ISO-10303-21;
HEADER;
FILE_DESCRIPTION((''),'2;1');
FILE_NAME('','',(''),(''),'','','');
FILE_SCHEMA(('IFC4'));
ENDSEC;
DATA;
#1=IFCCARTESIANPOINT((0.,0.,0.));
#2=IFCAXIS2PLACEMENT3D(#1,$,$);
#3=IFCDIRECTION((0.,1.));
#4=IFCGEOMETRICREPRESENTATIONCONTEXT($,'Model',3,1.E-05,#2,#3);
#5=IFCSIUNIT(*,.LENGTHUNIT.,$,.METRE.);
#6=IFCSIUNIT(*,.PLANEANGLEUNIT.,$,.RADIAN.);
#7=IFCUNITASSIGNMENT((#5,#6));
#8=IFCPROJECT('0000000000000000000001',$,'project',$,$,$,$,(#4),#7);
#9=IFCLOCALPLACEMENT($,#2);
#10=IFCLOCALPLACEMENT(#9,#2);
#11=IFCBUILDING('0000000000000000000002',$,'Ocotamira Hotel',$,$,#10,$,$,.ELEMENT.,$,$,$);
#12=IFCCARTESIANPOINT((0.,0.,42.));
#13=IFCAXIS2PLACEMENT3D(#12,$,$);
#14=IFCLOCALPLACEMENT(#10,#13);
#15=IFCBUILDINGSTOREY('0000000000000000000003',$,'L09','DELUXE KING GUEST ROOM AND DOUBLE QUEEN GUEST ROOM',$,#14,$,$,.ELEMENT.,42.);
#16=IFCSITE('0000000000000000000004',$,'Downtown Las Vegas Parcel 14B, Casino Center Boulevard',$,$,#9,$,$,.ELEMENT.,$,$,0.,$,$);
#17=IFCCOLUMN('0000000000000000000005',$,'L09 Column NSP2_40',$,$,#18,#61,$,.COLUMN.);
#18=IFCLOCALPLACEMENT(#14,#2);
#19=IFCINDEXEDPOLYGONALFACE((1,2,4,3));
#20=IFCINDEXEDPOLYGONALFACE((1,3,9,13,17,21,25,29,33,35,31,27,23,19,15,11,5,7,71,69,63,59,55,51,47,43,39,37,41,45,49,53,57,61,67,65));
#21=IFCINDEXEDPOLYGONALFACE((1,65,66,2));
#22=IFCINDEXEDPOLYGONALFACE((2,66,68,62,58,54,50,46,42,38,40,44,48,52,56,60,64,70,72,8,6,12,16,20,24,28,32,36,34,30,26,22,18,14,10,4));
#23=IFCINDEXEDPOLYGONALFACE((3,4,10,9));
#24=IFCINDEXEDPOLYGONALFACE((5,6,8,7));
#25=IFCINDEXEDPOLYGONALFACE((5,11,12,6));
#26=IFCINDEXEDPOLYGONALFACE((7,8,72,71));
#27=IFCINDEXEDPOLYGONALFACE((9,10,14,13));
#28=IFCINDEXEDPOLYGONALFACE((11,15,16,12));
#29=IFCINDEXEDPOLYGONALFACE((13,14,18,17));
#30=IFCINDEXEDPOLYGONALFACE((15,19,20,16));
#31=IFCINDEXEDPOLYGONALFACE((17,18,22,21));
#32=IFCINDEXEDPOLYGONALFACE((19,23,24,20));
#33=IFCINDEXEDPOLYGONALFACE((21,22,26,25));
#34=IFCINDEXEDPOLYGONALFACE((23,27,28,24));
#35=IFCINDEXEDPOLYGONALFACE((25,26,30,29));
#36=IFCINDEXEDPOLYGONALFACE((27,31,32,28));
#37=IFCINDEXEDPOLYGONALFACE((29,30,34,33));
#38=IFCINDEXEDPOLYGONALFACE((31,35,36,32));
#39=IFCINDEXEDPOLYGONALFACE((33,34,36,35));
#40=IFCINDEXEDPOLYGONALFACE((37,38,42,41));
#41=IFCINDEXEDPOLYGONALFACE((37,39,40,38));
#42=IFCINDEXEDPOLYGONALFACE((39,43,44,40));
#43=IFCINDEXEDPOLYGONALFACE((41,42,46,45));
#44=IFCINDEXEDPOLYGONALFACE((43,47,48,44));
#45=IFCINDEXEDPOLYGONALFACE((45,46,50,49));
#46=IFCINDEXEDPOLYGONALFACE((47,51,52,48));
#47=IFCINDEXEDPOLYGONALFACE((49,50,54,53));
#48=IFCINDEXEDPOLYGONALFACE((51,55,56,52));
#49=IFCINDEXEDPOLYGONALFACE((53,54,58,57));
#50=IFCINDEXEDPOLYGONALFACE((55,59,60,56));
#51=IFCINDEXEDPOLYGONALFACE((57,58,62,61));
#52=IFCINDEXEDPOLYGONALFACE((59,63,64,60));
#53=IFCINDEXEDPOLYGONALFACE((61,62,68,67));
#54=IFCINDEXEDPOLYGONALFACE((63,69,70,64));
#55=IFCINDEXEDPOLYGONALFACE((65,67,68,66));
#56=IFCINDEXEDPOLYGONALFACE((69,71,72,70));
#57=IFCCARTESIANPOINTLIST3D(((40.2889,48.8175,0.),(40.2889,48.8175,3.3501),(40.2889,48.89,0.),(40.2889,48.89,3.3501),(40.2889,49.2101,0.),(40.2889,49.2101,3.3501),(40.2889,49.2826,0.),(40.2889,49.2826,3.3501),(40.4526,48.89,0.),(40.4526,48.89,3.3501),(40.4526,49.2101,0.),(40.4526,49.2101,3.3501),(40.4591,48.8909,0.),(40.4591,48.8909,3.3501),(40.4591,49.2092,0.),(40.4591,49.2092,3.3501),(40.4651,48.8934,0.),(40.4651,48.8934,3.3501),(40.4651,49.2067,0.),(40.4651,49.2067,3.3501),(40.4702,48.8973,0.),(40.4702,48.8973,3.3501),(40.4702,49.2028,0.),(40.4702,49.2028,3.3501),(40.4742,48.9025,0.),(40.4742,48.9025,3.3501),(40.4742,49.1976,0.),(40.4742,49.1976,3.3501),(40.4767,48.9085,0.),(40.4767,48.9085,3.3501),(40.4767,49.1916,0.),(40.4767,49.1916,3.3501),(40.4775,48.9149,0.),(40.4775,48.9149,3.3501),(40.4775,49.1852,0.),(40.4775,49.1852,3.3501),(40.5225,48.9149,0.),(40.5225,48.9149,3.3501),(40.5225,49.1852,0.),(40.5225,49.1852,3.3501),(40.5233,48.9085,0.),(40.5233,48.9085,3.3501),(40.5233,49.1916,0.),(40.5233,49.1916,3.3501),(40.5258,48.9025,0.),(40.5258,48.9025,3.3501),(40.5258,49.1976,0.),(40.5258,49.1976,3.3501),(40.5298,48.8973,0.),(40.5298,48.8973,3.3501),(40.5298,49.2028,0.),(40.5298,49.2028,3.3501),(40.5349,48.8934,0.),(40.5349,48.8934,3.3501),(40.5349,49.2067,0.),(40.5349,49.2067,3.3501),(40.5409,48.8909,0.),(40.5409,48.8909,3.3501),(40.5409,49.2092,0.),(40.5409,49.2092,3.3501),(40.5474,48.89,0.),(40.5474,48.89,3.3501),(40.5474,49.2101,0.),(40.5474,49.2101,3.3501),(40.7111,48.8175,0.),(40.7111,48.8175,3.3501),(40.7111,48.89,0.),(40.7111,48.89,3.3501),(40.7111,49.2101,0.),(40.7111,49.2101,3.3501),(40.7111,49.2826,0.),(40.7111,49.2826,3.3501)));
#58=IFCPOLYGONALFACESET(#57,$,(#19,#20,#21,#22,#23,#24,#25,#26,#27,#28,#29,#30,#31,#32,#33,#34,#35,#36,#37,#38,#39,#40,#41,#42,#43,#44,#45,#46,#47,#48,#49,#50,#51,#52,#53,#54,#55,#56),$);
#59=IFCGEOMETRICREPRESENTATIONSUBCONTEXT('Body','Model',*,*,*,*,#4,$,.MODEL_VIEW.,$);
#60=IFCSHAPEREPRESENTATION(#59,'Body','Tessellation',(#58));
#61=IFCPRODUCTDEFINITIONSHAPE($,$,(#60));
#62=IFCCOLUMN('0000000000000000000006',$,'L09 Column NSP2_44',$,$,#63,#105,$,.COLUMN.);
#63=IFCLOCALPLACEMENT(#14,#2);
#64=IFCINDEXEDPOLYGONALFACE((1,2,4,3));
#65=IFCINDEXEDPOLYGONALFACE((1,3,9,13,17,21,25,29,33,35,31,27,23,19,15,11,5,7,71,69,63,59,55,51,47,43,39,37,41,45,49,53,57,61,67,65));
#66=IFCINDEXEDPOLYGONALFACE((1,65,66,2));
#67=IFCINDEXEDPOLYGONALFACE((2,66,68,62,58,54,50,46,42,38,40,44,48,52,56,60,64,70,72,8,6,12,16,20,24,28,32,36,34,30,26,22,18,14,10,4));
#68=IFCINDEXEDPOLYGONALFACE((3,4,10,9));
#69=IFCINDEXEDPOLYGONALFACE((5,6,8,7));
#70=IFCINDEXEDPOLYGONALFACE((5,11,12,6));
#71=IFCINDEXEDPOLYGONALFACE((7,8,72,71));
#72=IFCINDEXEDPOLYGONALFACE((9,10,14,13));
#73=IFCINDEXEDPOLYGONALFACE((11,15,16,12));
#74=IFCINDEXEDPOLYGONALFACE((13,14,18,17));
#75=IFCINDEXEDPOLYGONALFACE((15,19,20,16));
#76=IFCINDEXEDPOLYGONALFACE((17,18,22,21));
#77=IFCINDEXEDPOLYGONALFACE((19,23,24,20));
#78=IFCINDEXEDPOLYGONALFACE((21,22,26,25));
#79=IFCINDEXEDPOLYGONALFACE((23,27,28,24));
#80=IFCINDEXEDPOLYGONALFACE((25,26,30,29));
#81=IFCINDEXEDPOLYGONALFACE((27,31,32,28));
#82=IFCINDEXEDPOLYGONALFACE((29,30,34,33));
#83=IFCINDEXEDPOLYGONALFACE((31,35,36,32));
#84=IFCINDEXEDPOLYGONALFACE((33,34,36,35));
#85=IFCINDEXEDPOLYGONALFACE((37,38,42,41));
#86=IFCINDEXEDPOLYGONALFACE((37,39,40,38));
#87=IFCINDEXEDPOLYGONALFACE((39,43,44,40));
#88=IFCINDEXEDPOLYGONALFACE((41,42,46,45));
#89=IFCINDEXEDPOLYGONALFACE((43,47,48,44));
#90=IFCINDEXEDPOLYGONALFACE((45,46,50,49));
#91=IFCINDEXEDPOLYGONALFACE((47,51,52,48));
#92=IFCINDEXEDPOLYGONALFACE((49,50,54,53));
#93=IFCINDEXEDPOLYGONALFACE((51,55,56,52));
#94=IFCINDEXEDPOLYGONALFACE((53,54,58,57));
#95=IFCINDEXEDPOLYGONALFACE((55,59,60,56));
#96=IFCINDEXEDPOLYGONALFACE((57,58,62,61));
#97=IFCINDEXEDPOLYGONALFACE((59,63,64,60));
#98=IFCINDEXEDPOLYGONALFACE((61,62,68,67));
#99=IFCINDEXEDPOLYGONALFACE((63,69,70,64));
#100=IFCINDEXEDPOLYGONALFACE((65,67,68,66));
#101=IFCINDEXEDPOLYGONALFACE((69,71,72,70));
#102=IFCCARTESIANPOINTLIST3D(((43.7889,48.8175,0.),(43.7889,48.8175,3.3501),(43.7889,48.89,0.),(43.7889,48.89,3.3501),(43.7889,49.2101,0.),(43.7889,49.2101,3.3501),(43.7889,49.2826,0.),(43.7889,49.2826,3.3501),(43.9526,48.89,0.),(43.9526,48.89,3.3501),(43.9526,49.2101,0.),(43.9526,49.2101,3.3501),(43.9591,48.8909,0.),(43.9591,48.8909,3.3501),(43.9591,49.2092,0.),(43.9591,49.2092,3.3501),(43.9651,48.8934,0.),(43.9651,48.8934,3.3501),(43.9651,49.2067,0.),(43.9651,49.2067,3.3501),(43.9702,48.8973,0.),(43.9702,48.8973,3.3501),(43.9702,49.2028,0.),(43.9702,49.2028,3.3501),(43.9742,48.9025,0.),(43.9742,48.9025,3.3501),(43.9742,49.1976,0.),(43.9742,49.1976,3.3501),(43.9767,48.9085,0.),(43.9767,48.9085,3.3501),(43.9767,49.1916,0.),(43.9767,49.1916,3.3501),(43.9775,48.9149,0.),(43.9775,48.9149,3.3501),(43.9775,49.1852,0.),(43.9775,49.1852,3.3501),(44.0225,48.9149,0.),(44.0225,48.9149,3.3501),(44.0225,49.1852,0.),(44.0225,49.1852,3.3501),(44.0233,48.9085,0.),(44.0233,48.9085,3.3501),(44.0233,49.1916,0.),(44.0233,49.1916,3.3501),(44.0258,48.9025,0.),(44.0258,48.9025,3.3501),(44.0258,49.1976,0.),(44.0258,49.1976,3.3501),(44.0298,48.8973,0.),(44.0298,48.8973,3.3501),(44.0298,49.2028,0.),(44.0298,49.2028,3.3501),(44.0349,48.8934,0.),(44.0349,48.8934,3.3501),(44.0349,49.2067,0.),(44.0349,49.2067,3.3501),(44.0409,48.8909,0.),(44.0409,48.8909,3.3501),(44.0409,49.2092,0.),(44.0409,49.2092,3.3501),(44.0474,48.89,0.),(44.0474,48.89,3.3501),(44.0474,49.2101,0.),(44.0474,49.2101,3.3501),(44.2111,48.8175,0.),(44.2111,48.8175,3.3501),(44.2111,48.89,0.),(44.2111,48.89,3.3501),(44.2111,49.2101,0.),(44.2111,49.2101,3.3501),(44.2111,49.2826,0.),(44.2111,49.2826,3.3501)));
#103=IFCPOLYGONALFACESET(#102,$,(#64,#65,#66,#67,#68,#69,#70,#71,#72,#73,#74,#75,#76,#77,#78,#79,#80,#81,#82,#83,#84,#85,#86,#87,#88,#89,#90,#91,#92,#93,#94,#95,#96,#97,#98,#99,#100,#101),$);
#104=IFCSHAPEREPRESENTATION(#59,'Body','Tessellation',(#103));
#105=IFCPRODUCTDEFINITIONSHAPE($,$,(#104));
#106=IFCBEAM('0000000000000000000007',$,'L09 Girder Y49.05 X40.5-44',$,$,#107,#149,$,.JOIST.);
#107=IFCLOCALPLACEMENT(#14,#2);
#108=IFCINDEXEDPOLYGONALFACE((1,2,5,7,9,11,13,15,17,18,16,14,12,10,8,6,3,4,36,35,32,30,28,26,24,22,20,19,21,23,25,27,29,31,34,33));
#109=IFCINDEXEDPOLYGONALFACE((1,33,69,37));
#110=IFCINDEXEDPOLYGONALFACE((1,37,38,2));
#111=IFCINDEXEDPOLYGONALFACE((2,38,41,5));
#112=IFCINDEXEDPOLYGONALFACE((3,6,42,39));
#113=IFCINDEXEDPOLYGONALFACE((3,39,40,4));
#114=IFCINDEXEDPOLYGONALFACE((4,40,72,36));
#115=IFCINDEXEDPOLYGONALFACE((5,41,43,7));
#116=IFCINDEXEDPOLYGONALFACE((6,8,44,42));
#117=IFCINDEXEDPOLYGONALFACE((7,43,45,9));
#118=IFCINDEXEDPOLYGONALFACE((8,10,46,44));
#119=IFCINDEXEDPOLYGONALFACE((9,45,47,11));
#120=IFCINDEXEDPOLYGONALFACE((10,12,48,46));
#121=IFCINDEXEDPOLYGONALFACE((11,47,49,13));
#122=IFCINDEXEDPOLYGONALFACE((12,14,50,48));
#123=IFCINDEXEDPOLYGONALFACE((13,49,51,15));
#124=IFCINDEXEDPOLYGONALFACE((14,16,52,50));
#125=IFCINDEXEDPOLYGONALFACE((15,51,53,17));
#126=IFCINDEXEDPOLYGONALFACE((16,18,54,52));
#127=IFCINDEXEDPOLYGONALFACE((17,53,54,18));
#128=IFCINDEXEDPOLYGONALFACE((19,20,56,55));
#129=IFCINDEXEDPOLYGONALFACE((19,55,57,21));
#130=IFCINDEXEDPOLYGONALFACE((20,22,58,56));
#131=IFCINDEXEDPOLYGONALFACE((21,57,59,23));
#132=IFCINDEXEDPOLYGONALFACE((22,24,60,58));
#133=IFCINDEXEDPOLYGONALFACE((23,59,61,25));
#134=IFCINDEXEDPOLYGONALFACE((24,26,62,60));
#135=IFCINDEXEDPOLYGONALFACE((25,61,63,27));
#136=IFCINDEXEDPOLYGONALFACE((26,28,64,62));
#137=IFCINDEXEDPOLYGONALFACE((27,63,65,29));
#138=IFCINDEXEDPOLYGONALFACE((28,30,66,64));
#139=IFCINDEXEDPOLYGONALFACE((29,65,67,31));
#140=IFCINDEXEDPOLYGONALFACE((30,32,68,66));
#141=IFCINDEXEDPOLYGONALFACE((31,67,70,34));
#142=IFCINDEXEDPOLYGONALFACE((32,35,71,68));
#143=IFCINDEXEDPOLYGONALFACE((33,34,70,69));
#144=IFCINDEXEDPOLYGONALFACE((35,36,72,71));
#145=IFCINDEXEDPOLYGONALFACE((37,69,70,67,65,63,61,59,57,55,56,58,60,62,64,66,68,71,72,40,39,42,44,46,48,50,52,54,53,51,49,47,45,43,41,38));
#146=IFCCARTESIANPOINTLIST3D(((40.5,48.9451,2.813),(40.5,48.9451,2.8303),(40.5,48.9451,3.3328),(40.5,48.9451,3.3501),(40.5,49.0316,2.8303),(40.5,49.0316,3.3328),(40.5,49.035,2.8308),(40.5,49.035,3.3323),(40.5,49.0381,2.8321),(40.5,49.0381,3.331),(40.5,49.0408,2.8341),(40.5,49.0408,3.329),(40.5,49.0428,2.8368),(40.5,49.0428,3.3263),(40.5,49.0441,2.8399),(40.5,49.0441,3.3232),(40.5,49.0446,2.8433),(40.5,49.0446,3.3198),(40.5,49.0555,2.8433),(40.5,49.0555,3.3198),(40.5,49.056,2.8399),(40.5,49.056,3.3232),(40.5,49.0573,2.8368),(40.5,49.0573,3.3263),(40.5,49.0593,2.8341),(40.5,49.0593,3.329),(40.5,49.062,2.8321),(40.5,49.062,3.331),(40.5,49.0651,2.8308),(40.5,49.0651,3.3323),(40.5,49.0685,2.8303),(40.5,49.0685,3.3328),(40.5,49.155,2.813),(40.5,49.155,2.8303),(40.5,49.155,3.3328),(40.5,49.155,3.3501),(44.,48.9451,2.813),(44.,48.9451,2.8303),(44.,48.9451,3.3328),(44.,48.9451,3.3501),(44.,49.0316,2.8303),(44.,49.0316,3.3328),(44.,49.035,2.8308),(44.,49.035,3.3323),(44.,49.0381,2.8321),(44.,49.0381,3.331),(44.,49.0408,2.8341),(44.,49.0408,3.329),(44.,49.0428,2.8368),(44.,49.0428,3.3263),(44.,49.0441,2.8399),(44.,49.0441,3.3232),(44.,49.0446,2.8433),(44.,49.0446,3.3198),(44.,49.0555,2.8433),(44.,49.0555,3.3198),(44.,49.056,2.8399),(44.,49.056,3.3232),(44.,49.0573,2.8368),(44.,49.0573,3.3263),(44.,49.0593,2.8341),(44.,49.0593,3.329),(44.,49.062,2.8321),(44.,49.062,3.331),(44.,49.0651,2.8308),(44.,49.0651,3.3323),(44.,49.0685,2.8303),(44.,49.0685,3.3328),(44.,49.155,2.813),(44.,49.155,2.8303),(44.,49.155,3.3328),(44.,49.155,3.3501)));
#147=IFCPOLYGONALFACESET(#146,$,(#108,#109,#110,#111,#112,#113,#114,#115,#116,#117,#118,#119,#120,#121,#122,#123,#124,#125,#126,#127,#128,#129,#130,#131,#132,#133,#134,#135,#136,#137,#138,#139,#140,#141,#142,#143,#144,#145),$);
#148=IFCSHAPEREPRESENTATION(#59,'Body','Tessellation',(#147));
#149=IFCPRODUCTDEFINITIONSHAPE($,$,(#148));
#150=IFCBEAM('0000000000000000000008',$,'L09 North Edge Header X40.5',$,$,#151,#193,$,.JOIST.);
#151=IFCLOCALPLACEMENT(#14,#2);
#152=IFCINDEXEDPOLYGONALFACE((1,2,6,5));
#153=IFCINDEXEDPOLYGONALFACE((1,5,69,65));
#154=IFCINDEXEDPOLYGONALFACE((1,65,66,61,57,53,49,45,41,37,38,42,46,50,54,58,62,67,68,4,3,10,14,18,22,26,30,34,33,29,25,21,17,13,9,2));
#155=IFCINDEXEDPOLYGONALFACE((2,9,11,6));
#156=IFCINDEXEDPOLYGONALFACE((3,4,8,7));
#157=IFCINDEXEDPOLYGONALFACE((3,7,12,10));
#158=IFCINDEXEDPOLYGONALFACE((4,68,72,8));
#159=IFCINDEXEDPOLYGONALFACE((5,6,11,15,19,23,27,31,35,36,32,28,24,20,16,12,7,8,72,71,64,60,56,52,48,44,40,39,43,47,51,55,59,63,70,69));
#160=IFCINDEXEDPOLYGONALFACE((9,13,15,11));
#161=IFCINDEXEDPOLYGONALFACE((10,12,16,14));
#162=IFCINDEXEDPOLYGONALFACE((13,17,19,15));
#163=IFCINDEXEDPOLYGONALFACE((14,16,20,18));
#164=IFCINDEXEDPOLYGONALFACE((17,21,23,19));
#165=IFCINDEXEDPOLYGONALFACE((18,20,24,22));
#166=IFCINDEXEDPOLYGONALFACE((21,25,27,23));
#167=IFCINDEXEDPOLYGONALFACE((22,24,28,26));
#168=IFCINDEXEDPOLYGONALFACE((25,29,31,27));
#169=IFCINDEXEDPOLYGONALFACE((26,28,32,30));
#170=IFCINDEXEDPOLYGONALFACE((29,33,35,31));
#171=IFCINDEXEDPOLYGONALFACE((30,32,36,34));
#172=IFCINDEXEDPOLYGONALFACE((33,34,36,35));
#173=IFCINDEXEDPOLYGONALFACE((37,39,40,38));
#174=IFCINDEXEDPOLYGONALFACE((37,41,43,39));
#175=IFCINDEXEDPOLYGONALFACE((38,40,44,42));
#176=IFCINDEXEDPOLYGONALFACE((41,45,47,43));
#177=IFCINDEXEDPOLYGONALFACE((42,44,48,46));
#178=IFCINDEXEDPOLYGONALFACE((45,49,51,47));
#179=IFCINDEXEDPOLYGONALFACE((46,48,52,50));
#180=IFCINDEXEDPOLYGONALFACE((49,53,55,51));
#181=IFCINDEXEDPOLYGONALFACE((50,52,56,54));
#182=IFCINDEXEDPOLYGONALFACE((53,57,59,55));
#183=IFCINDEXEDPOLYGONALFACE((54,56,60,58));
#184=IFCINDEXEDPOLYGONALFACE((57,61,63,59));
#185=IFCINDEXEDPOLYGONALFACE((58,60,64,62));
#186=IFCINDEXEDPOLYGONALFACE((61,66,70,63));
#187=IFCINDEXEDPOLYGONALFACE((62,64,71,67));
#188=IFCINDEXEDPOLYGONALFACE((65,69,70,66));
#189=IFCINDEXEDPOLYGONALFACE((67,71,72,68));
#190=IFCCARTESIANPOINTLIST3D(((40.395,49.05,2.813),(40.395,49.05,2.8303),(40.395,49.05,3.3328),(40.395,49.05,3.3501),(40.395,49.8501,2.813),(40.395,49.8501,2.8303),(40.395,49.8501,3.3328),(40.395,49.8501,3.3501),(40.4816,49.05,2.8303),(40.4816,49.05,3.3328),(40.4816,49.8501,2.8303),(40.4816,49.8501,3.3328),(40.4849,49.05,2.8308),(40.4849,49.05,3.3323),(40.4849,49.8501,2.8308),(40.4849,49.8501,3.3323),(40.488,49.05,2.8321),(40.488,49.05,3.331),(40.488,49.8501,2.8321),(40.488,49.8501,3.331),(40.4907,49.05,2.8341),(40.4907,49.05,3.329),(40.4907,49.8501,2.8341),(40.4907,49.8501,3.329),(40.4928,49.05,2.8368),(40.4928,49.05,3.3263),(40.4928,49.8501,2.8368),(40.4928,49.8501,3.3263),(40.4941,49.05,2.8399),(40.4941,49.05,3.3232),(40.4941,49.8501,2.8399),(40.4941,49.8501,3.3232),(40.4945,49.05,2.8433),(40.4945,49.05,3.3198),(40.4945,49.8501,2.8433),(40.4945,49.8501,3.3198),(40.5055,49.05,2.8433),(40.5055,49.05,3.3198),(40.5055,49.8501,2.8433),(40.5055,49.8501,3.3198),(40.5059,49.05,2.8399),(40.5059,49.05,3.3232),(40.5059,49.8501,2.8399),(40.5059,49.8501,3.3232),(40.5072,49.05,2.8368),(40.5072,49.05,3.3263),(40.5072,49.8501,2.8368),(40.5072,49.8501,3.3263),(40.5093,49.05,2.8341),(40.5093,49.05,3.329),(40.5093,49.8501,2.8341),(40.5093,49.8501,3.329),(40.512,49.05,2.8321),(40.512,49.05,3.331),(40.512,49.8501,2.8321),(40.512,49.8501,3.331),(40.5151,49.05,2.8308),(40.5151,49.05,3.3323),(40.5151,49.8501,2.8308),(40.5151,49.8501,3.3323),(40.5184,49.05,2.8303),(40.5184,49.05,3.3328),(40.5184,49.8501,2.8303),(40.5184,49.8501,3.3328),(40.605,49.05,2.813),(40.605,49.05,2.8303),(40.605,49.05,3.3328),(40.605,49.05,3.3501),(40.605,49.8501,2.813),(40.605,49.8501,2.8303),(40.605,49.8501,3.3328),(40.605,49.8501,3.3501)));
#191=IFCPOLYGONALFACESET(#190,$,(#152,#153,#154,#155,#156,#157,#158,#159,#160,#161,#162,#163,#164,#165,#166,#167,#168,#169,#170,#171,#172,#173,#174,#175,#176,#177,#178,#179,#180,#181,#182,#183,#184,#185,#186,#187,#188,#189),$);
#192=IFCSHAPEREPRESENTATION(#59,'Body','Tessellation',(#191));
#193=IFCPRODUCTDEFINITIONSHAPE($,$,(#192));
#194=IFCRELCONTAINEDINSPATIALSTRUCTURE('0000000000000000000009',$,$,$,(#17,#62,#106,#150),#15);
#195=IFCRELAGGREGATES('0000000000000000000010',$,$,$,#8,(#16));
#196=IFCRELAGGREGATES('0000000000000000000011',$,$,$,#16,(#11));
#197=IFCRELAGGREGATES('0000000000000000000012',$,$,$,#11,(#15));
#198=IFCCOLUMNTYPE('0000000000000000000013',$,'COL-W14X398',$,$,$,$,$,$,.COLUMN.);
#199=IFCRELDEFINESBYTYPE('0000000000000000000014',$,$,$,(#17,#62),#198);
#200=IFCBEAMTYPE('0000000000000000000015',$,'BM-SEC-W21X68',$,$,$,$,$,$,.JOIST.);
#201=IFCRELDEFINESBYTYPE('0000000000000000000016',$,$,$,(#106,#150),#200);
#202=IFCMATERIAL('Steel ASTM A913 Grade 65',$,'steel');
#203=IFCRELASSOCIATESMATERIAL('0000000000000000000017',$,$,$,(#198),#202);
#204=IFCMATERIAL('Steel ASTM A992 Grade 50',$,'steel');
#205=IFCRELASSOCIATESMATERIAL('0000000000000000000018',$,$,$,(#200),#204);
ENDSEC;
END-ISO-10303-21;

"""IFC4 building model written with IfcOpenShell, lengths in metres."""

from ifc_helpers import new_model, si_unit, direction, frame, origin, origin_2d, place, context, subcontext, project, spatial, i_section, extrude, source, transform, mapped, material, material_profile, profile_set, type_object, element, save


model = new_model("IFC4")

# Units and contexts
model_context = context("Model", 3, precision=1e-05, world=origin(), true_north=direction((0.0, 1.0)))
body_context = subcontext(model_context, "Body", "Model", "MODEL_VIEW")
ifc_project = project(units=[si_unit("LENGTHUNIT", "METRE"), si_unit("PLANEANGLEUNIT", "RADIAN")], contexts=[model_context])

# Site, building, storey
site_placement = place(None, origin())
site = spatial("IfcSite", under=ifc_project, at=site_placement, Name="Downtown Las Vegas Parcel 14B, Casino Center Boulevard", CompositionType="ELEMENT", RefElevation=0.0)
building_placement = place(site_placement, origin())
building = spatial("IfcBuilding", under=site, at=building_placement, Name="Ocotamira Hotel", CompositionType="ELEMENT")
storey_placement = place(building_placement, frame((0.0, 0.0, 42.0)))
storey = spatial("IfcBuildingStorey", under=building, at=storey_placement, Name="L09", Description="DELUXE KING GUEST ROOM AND DOUBLE QUEEN GUEST ROOM", CompositionType="ELEMENT", Elevation=42.0)

# Columns
ifc_material_1 = material(Name="Steel ASTM A913 Grade 65", Category="steel")
ifc_material_profile_1 = material_profile(ifc_material_1, i_section(OverallWidth=0.4221, OverallDepth=0.4651, WebThickness=0.0449, FlangeThickness=0.0725, FilletRadius=0.0249, at=origin_2d()), Name="W14X398")
ifc_profile_set_1 = profile_set([ifc_material_profile_1], Name="Steel ASTM A913 Grade 65")
column_type = type_object("IfcColumnType", Name="COL-W14X398", PredefinedType="COLUMN", material=ifc_profile_set_1)
shared_shape_1 = source(origin(), body_context, "Body", "SweptSolid", [
    extrude(i_section(OverallWidth=0.4221, OverallDepth=0.4651, WebThickness=0.0449, FlangeThickness=0.0725, FilletRadius=0.0249, at=origin_2d()), origin(), (0.0, 0.0, 1.0), 3.3501),
])
for number, where, z_axis, x_axis, name in (
    (1, (40.5, 49.05, 0.0), (0.0, 0.0, 1.0), (1.0, 0.0, 0.0), "L09 Column NSP2_40"),
    (2, (44.0, 49.05, 0.0), (0.0, 0.0, 1.0), (1.0, 0.0, 0.0), "L09 Column NSP2_44"),
):
    element("IfcColumn", number, at=place(storey_placement, frame(where, z_axis=z_axis, x_axis=x_axis)), inside=storey, type_object=column_type, Name=name, PredefinedType="COLUMN", context=body_context, shape_type="MappedRepresentation", body=[
        mapped(shared_shape_1, transform((0.0, 0.0, 0.0), scale=1.0)),
    ])

# Beams
ifc_material_2 = material(Name="Steel ASTM A992 Grade 50", Category="steel")
ifc_material_profile_2 = material_profile(ifc_material_2, i_section(OverallWidth=0.21, OverallDepth=0.5371, WebThickness=0.011, FlangeThickness=0.0173, FilletRadius=0.0129, at=origin_2d()), Name="W21X68")
ifc_profile_set_2 = profile_set([ifc_material_profile_2], Name="Steel ASTM A992 Grade 50")
beam_type = type_object("IfcBeamType", Name="BM-SEC-W21X68", PredefinedType="JOIST", material=ifc_profile_set_2)
shared_shape_2 = source(origin(), body_context, "Body", "SweptSolid", [
    extrude(i_section(OverallWidth=0.21, OverallDepth=0.5371, WebThickness=0.011, FlangeThickness=0.0173, FilletRadius=0.0129, at=origin_2d()), origin(), (0.0, 0.0, 1.0), 3.5),
])
beam_1_placement = place(storey_placement, frame((40.5, 49.05, 3.0815), z_axis=(1.0, 0.0, 0.0), x_axis=(0.0, 1.0, 0.0)))
element("IfcBeam", 3, at=beam_1_placement, inside=storey, type_object=beam_type, Name="L09 Girder Y49.05 X40.5-44", PredefinedType="JOIST", context=body_context, shape_type="MappedRepresentation", body=[
    mapped(shared_shape_2, transform((0.0, 0.0, 0.0), scale=1.0)),
])
shared_shape_3 = source(origin(), body_context, "Body", "SweptSolid", [
    extrude(i_section(OverallWidth=0.21, OverallDepth=0.5371, WebThickness=0.011, FlangeThickness=0.0173, FilletRadius=0.0129, at=origin_2d()), origin(), (0.0, 0.0, 1.0), 0.8),
])
beam_2_placement = place(storey_placement, frame((40.5, 49.05, 3.0815), z_axis=(0.0, 1.0, 0.0), x_axis=(-1.0, 0.0, 0.0)))
element("IfcBeam", 4, at=beam_2_placement, inside=storey, type_object=beam_type, Name="L09 North Edge Header X40.5", PredefinedType="JOIST", context=body_context, shape_type="MappedRepresentation", body=[
    mapped(shared_shape_3, transform((0.0, 0.0, 0.0), scale=1.0)),
])

save(model, "model.ifc")
